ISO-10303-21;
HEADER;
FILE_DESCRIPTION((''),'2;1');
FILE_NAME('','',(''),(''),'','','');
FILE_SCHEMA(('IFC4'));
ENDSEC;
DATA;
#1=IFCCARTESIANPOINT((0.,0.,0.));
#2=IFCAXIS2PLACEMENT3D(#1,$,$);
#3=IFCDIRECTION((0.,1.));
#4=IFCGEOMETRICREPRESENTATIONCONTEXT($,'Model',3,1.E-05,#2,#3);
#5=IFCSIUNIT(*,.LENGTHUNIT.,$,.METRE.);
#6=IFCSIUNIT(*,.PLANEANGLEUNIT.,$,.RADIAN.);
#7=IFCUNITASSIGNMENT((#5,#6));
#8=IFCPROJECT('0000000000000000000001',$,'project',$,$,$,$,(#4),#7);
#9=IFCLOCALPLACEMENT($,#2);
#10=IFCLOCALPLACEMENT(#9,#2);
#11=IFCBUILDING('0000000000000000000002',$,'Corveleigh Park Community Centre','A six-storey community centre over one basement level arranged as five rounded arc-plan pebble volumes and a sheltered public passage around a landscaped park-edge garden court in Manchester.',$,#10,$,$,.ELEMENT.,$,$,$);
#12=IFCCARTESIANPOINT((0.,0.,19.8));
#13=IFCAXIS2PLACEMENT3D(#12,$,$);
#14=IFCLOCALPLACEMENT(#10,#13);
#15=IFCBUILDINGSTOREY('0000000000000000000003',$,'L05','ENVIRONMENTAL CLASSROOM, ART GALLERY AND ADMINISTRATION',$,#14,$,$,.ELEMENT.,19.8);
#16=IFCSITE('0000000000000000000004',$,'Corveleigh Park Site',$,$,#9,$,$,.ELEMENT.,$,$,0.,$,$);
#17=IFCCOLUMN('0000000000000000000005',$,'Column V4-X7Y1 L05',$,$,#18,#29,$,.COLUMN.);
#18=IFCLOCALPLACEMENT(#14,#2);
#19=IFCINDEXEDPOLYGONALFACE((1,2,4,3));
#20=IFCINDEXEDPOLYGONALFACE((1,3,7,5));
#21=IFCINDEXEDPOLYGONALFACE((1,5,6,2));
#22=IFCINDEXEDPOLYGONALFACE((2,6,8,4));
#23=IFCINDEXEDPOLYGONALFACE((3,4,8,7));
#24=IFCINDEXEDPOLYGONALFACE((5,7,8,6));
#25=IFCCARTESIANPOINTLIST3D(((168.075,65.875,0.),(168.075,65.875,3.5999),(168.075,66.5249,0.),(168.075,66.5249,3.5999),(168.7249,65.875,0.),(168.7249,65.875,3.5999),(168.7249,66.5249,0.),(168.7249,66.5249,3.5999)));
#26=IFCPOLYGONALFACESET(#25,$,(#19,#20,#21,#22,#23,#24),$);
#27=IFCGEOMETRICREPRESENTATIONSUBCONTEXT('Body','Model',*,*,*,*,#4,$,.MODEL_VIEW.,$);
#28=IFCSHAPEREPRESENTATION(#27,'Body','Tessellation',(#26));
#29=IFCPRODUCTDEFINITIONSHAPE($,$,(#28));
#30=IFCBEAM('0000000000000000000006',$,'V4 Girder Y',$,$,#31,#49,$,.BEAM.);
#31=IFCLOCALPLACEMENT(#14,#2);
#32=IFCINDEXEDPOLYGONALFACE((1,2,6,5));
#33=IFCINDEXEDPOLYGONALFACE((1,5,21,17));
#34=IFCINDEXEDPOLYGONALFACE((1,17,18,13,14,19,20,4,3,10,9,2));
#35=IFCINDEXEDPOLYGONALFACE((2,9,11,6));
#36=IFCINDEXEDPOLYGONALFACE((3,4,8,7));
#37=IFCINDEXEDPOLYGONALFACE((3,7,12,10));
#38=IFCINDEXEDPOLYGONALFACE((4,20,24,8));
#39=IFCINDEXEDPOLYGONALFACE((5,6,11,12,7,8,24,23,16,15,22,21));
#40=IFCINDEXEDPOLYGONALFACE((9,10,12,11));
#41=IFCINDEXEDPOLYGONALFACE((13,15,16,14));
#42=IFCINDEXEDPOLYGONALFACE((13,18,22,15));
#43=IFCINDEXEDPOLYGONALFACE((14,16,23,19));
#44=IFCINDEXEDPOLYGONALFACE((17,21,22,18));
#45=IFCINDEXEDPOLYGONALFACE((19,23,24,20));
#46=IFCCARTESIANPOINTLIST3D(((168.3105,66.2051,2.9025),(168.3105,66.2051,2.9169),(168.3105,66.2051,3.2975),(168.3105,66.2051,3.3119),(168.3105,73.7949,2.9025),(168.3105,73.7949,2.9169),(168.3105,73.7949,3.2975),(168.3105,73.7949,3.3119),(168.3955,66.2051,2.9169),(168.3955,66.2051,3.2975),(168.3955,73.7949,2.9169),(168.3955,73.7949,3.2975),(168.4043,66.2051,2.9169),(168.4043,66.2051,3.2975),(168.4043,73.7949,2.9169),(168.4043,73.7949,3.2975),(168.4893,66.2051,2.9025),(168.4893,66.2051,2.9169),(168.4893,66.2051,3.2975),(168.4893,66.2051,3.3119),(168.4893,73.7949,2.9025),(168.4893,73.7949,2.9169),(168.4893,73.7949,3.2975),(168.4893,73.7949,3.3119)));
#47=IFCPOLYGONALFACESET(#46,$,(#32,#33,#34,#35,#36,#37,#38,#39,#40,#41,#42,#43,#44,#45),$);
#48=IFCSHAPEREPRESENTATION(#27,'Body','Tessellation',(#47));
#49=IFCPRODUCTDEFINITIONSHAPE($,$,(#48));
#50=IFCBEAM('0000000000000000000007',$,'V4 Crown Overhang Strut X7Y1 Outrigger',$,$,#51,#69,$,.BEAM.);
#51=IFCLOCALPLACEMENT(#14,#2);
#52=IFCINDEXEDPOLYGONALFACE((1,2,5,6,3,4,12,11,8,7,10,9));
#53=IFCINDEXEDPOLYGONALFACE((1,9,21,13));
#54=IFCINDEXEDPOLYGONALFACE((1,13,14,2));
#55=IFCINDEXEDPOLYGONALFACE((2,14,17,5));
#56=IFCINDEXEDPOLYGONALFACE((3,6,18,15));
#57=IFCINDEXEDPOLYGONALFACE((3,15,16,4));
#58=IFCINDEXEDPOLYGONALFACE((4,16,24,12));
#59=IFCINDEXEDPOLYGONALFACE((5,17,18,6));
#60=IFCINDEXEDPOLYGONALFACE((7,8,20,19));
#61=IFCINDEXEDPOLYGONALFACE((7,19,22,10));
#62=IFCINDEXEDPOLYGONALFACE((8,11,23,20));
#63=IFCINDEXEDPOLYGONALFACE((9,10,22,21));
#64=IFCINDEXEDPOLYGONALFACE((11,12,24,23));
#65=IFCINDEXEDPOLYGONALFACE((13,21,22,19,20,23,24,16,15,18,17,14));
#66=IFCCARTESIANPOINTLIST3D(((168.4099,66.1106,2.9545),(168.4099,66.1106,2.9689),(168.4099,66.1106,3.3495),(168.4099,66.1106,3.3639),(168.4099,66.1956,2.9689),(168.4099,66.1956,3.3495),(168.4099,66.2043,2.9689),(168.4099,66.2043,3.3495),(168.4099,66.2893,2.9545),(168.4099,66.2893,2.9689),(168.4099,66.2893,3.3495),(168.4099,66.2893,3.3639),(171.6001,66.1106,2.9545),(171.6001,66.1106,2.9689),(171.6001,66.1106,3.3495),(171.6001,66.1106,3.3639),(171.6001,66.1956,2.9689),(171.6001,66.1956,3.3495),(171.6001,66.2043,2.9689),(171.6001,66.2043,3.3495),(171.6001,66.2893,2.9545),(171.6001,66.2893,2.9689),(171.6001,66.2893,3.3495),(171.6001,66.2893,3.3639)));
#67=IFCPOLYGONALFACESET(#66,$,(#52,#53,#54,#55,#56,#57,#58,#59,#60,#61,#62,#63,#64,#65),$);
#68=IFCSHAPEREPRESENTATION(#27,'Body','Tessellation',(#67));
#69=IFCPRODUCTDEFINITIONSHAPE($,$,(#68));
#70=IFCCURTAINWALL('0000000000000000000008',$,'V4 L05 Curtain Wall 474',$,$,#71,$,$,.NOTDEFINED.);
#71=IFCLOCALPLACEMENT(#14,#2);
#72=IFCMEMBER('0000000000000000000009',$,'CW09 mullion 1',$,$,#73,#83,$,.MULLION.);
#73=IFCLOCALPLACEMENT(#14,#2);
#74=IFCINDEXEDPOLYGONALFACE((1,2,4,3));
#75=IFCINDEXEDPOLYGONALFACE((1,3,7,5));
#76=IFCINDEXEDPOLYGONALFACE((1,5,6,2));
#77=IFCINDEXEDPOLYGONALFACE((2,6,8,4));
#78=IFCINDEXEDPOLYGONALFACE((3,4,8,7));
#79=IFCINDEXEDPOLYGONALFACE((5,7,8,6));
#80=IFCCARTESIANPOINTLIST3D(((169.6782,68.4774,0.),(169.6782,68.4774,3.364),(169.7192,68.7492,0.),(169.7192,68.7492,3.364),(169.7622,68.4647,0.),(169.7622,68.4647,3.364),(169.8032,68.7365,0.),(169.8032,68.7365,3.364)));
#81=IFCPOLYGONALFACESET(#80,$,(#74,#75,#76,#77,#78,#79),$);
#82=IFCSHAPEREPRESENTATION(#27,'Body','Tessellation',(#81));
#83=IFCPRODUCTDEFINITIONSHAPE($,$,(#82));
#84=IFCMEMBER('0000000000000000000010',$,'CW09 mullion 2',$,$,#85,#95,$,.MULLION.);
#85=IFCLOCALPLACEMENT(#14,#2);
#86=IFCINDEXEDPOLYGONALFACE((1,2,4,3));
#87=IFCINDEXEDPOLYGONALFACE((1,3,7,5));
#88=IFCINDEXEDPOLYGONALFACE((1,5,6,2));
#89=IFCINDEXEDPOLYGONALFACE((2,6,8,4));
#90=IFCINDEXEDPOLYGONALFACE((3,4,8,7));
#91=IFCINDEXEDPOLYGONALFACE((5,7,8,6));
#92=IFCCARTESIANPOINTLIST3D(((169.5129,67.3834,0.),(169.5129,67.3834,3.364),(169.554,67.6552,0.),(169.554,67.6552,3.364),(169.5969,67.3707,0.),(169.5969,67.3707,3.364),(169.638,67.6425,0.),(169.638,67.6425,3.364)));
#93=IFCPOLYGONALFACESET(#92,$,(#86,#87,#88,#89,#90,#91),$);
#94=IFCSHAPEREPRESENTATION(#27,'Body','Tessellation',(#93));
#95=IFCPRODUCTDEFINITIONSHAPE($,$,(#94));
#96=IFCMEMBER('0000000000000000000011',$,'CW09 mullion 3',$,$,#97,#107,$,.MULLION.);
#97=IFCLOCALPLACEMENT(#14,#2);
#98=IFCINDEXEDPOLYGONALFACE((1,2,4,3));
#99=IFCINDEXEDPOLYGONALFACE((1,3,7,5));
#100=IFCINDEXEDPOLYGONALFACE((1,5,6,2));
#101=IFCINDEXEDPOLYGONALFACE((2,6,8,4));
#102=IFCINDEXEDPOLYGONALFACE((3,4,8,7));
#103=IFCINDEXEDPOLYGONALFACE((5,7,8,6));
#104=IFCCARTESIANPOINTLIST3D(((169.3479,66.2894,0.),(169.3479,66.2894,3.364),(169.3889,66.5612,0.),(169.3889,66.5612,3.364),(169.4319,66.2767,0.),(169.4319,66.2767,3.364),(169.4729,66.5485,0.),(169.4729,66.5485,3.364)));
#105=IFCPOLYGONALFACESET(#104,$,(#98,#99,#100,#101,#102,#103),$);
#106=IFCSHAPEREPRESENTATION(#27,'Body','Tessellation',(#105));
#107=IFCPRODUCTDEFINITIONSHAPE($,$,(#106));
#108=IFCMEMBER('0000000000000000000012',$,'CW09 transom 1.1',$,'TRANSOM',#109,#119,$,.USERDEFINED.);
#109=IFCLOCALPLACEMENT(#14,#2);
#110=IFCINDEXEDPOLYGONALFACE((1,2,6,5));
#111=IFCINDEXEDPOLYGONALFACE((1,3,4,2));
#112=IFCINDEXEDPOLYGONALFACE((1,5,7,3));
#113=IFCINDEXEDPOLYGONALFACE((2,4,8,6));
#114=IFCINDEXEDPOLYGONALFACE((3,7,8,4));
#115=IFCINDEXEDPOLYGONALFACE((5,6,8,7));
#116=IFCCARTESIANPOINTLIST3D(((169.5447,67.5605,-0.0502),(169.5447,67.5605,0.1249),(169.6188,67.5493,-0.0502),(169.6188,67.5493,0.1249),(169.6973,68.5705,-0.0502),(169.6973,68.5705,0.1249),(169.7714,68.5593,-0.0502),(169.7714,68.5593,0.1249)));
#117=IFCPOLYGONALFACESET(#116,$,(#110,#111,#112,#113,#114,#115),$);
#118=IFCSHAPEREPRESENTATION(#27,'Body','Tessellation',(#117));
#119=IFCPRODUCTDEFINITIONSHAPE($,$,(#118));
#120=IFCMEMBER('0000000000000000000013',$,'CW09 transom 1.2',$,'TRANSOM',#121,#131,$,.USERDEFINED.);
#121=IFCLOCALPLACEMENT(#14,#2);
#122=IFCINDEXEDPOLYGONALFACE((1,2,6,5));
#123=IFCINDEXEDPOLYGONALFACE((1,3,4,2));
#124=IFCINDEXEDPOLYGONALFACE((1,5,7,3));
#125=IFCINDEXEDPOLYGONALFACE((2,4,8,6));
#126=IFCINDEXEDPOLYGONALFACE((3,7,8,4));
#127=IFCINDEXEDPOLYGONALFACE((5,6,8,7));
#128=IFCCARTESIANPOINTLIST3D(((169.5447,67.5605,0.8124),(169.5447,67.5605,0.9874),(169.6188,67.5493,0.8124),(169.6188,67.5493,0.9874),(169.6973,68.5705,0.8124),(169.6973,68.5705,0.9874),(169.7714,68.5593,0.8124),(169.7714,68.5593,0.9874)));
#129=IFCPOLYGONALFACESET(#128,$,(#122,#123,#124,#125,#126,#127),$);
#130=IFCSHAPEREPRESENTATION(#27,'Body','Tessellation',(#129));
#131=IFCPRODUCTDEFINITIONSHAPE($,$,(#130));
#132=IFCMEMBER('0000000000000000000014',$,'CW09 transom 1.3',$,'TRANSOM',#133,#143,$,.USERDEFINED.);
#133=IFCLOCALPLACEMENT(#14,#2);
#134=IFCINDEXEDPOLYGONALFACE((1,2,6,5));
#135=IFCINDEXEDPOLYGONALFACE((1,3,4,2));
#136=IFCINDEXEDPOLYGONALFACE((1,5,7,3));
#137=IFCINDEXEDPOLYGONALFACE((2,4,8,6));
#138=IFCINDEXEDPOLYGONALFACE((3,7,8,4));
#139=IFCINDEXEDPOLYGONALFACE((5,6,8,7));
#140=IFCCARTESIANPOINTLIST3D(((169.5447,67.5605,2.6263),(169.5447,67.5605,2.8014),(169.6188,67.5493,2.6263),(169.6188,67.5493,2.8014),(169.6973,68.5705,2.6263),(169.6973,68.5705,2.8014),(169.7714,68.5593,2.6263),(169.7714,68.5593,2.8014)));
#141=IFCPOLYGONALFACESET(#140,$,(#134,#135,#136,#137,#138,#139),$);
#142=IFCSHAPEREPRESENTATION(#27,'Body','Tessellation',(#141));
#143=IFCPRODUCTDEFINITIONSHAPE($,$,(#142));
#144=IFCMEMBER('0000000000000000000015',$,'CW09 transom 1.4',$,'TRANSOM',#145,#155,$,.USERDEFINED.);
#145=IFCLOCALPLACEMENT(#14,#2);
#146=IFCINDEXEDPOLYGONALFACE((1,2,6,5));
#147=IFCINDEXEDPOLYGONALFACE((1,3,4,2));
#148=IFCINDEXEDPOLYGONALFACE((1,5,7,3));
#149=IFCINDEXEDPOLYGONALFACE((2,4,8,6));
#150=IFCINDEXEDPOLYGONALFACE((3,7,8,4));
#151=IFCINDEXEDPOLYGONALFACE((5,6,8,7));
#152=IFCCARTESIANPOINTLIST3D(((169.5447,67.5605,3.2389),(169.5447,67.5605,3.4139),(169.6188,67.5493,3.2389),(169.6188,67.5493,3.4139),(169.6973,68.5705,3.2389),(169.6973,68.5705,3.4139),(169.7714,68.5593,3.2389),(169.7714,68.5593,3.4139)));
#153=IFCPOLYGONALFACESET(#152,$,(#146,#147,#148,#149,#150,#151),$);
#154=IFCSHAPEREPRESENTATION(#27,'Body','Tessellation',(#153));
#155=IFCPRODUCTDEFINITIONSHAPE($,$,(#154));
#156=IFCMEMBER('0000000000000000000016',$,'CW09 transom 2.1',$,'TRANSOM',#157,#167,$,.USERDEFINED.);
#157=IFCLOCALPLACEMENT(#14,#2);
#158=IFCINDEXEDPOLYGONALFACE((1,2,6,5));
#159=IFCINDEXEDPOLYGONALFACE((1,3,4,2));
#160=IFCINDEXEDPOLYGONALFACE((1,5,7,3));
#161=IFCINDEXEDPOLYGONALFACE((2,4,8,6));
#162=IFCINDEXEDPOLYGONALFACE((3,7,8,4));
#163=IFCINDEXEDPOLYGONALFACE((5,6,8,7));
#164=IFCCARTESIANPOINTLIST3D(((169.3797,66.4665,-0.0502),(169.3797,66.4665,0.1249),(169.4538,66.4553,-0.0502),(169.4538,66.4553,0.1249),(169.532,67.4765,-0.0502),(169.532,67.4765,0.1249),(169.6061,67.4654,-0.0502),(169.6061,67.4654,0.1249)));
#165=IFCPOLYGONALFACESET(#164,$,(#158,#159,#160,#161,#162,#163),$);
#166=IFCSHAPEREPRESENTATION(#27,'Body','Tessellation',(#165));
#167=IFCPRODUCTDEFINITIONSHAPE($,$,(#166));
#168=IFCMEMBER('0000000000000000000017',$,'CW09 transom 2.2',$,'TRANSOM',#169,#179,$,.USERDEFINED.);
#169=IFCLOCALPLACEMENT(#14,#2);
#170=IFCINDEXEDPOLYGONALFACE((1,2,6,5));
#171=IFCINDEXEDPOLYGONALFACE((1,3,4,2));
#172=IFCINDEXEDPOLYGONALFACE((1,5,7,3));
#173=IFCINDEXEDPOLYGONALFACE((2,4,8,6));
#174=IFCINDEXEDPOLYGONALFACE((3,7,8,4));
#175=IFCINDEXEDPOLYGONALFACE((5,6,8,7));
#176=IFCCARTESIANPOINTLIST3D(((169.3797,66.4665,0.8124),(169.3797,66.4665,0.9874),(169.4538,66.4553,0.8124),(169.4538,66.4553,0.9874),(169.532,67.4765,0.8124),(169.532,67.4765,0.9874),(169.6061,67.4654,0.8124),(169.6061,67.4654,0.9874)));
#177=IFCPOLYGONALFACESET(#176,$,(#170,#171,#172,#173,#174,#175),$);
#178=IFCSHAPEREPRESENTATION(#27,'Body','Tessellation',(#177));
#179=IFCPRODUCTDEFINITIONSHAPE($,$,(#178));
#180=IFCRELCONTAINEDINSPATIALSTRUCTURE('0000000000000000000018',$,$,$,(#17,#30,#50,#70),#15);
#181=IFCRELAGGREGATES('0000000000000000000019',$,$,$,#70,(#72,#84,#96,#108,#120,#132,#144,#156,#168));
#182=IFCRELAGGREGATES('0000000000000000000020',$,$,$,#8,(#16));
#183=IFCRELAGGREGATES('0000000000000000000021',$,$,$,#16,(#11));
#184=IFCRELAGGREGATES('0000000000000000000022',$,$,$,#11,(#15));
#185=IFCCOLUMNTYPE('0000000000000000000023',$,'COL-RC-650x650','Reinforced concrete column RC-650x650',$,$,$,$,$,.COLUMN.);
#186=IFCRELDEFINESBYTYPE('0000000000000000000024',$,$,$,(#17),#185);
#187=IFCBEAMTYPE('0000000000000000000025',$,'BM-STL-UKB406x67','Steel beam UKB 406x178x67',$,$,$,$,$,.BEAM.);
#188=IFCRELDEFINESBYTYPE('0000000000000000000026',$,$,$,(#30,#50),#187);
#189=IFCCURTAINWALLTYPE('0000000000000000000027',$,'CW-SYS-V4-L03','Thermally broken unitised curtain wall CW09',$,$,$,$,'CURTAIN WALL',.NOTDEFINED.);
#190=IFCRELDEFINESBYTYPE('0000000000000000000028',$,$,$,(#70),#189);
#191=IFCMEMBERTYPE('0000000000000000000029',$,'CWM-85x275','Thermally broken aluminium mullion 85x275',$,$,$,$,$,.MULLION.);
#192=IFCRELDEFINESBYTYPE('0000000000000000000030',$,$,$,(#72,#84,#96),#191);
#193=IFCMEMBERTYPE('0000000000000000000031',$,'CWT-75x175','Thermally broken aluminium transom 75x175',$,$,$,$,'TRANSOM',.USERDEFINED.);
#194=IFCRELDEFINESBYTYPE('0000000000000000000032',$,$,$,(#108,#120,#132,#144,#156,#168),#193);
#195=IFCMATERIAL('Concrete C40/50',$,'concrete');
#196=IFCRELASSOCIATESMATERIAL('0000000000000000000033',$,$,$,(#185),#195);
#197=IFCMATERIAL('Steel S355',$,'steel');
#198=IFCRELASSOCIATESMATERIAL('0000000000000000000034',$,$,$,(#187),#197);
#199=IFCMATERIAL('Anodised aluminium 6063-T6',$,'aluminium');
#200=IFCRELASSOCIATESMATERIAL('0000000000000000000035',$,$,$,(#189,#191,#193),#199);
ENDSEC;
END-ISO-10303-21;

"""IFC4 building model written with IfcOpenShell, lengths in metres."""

from ifc_helpers import new_model, si_unit, direction, frame, origin, origin_2d, place, context, subcontext, project, spatial, rectangle, i_section, extrude, material, material_profile, profile_set, type_object, element, aggregate, save


model = new_model("IFC4")

# Units and contexts
model_context = context("Model", 3, precision=1e-05, world=origin(), true_north=direction((0.0, 1.0)))
body_context = subcontext(model_context, "Body", "Model", "MODEL_VIEW")
ifc_project = project(units=[si_unit("LENGTHUNIT", "METRE"), si_unit("PLANEANGLEUNIT", "RADIAN")], contexts=[model_context])

# Site, building, storey
site_placement = place(None, origin())
site = spatial("IfcSite", under=ifc_project, at=site_placement, Name="Corveleigh Park Site", CompositionType="ELEMENT", RefElevation=0.0)
building_placement = place(site_placement, origin())
building = spatial("IfcBuilding", under=site, at=building_placement, Name="Corveleigh Park Community Centre", Description="A six-storey community centre over one basement level arranged as five rounded arc-plan pebble volumes and a sheltered public passage around a landscaped park-edge garden court in Manchester.", CompositionType="ELEMENT")
storey_placement = place(building_placement, frame((0.0, 0.0, 19.8)))
storey = spatial("IfcBuildingStorey", under=building, at=storey_placement, Name="L05", Description="ENVIRONMENTAL CLASSROOM, ART GALLERY AND ADMINISTRATION", CompositionType="ELEMENT", Elevation=19.8)

# Column
ifc_material_1 = material(Name="Concrete C40/50", Category="concrete")
ifc_material_profile_1 = material_profile(ifc_material_1, rectangle(XDim=0.6499, YDim=0.6499, at=origin_2d()), Name="RC-650x650", Category="concrete")
ifc_profile_set_1 = profile_set([ifc_material_profile_1], Name="Concrete C40/50")
column_type = type_object("IfcColumnType", Name="COL-RC-650x650", Description="Reinforced concrete column RC-650x650", PredefinedType="COLUMN", material=ifc_profile_set_1)
column_placement = place(storey_placement, frame((168.3999, 66.2, 0.0), z_axis=(0.0, 0.0, 1.0), x_axis=(1.0, 0.0, 0.0)))
element("IfcColumn", 1, at=column_placement, inside=storey, type_object=column_type, Name="Column V4-X7Y1 L05", PredefinedType="COLUMN", context=body_context, shape_type="SweptSolid", body=[
    extrude(rectangle(XDim=0.6499, YDim=0.6499, at=origin_2d()), origin(), (0.0, 0.0, 1.0), 3.5999),
])

# Beams
ifc_material_2 = material(Name="Steel S355", Category="steel")
ifc_material_profile_2 = material_profile(ifc_material_2, i_section(OverallWidth=0.1787, OverallDepth=0.4094, WebThickness=0.0088, FlangeThickness=0.0144, at=origin_2d()), Name="UKB 406x178x67", Category="steel")
ifc_profile_set_2 = profile_set([ifc_material_profile_2], Name="Steel S355")
beam_type = type_object("IfcBeamType", Name="BM-STL-UKB406x67", Description="Steel beam UKB 406x178x67", PredefinedType="BEAM", material=ifc_profile_set_2)
beam_1_placement = place(storey_placement, frame((168.3999, 66.2051, 3.1072), z_axis=(0.0, 1.0, 0.0), x_axis=(-1.0, 0.0, 0.0)))
element("IfcBeam", 2, at=beam_1_placement, inside=storey, type_object=beam_type, Name="V4 Girder Y", PredefinedType="BEAM", context=body_context, shape_type="SweptSolid", body=[
    extrude(i_section(OverallWidth=0.1787, OverallDepth=0.4094, WebThickness=0.0088, FlangeThickness=0.0144, at=origin_2d()), origin(), (0.0, 0.0, 1.0), 7.5898),
])
beam_2_placement = place(storey_placement, frame((168.4099, 66.2, 3.1592), z_axis=(1.0, 0.0, 0.0), x_axis=(0.0, 1.0, 0.0)))
element("IfcBeam", 3, at=beam_2_placement, inside=storey, type_object=beam_type, Name="V4 Crown Overhang Strut X7Y1 Outrigger", PredefinedType="BEAM", context=body_context, shape_type="SweptSolid", body=[
    extrude(i_section(OverallWidth=0.1787, OverallDepth=0.4094, WebThickness=0.0088, FlangeThickness=0.0144, at=origin_2d()), origin(), (0.0, 0.0, 1.0), 3.1902),
])

# Curtain wall, members
ifc_material_3 = material(Name="Anodised aluminium 6063-T6", Category="aluminium")
curtain_wall_type = type_object("IfcCurtainWallType", Name="CW-SYS-V4-L03", Description="Thermally broken unitised curtain wall CW09", ElementType="CURTAIN WALL", PredefinedType="NOTDEFINED", material=ifc_material_3)
curtain_wall_placement = place(storey_placement, origin())
curtain_wall = element("IfcCurtainWall", 4, at=curtain_wall_placement, inside=storey, type_object=curtain_wall_type, Name="V4 L05 Curtain Wall 474", PredefinedType="NOTDEFINED")
ifc_material_profile_3 = material_profile(ifc_material_3, rectangle(XDim=0.085, YDim=0.2749, at=origin_2d()), Name="ALU-M85x275", Category="aluminium")
ifc_profile_set_3 = profile_set([ifc_material_profile_3], Name="Anodised aluminium 6063-T6")
member_type_1 = type_object("IfcMemberType", Name="CWM-85x275", Description="Thermally broken aluminium mullion 85x275", PredefinedType="MULLION", material=ifc_profile_set_3)
member_1_placement = place(storey_placement, frame((169.7407, 68.6069, 0.0), z_axis=(0.0, 0.0, 1.0), x_axis=(0.988795, -0.149277, 0.0)))
member_1 = element("IfcMember", 5, at=member_1_placement, type_object=member_type_1, Name="CW09 mullion 1", PredefinedType="MULLION", context=body_context, shape_type="SweptSolid", body=[
    extrude(rectangle(XDim=0.085, YDim=0.2749, at=origin_2d()), origin(), (0.0, 0.0, 1.0), 3.364),
])
member_2_placement = place(storey_placement, frame((169.5754, 67.5129, 0.0), z_axis=(0.0, 0.0, 1.0), x_axis=(0.988795, -0.149277, 0.0)))
member_2 = element("IfcMember", 6, at=member_2_placement, type_object=member_type_1, Name="CW09 mullion 2", PredefinedType="MULLION", context=body_context, shape_type="SweptSolid", body=[
    extrude(rectangle(XDim=0.085, YDim=0.2749, at=origin_2d()), origin(), (0.0, 0.0, 1.0), 3.364),
])
member_3_placement = place(storey_placement, frame((169.4104, 66.4189, 0.0), z_axis=(0.0, 0.0, 1.0), x_axis=(0.988795, -0.149277, 0.0)))
member_3 = element("IfcMember", 7, at=member_3_placement, type_object=member_type_1, Name="CW09 mullion 3", PredefinedType="MULLION", context=body_context, shape_type="SweptSolid", body=[
    extrude(rectangle(XDim=0.085, YDim=0.2749, at=origin_2d()), origin(), (0.0, 0.0, 1.0), 3.364),
])
ifc_material_profile_4 = material_profile(ifc_material_3, rectangle(XDim=0.075, YDim=0.175, at=origin_2d()), Name="ALU-T75x175", Category="aluminium")
ifc_profile_set_4 = profile_set([ifc_material_profile_4], Name="Anodised aluminium 6063-T6")
member_type_2 = type_object("IfcMemberType", Name="CWT-75x175", Description="Thermally broken aluminium transom 75x175", ElementType="TRANSOM", PredefinedType="USERDEFINED", material=ifc_profile_set_4)
member_4_placement = place(storey_placement, frame((169.7344, 68.5649, 0.0374), z_axis=(-0.149381, -0.98878, 0.0), x_axis=(0.98878, -0.149381, 0.0)))
member_4 = element("IfcMember", 8, at=member_4_placement, type_object=member_type_2, Name="CW09 transom 1.1", ObjectType="TRANSOM", PredefinedType="USERDEFINED", context=body_context, shape_type="SweptSolid", body=[
    extrude(rectangle(XDim=0.075, YDim=0.175, at=origin_2d()), origin(), (0.0, 0.0, 1.0), 1.0215),
])
member_5_placement = place(storey_placement, frame((169.7344, 68.5649, 0.8999), z_axis=(-0.149381, -0.98878, 0.0), x_axis=(0.98878, -0.149381, 0.0)))
member_5 = element("IfcMember", 9, at=member_5_placement, type_object=member_type_2, Name="CW09 transom 1.2", ObjectType="TRANSOM", PredefinedType="USERDEFINED", context=body_context, shape_type="SweptSolid", body=[
    extrude(rectangle(XDim=0.075, YDim=0.175, at=origin_2d()), origin(), (0.0, 0.0, 1.0), 1.0215),
])
member_6_placement = place(storey_placement, frame((169.7344, 68.5649, 2.7139), z_axis=(-0.149381, -0.98878, 0.0), x_axis=(0.98878, -0.149381, 0.0)))
member_6 = element("IfcMember", 10, at=member_6_placement, type_object=member_type_2, Name="CW09 transom 1.3", ObjectType="TRANSOM", PredefinedType="USERDEFINED", context=body_context, shape_type="SweptSolid", body=[
    extrude(rectangle(XDim=0.075, YDim=0.175, at=origin_2d()), origin(), (0.0, 0.0, 1.0), 1.0215),
])
member_7_placement = place(storey_placement, frame((169.7344, 68.5649, 3.3264), z_axis=(-0.149381, -0.98878, 0.0), x_axis=(0.98878, -0.149381, 0.0)))
member_7 = element("IfcMember", 11, at=member_7_placement, type_object=member_type_2, Name="CW09 transom 1.4", ObjectType="TRANSOM", PredefinedType="USERDEFINED", context=body_context, shape_type="SweptSolid", body=[
    extrude(rectangle(XDim=0.075, YDim=0.175, at=origin_2d()), origin(), (0.0, 0.0, 1.0), 1.0215),
])
member_8_placement = place(storey_placement, frame((169.5691, 67.4709, 0.0374), z_axis=(-0.149147, -0.988815, 0.0), x_axis=(0.988815, -0.149147, 0.0)))
member_8 = element("IfcMember", 12, at=member_8_placement, type_object=member_type_2, Name="CW09 transom 2.1", ObjectType="TRANSOM", PredefinedType="USERDEFINED", context=body_context, shape_type="SweptSolid", body=[
    extrude(rectangle(XDim=0.075, YDim=0.175, at=origin_2d()), origin(), (0.0, 0.0, 1.0), 1.0215),
])
member_9_placement = place(storey_placement, frame((169.5691, 67.4709, 0.8999), z_axis=(-0.149147, -0.988815, 0.0), x_axis=(0.988815, -0.149147, 0.0)))
member_9 = element("IfcMember", 13, at=member_9_placement, type_object=member_type_2, Name="CW09 transom 2.2", ObjectType="TRANSOM", PredefinedType="USERDEFINED", context=body_context, shape_type="SweptSolid", body=[
    extrude(rectangle(XDim=0.075, YDim=0.175, at=origin_2d()), origin(), (0.0, 0.0, 1.0), 1.0215),
])

aggregate(curtain_wall, [member_1, member_2, member_3, member_4, member_5, member_6, member_7, member_8, member_9])

save(model, "model.ifc")
